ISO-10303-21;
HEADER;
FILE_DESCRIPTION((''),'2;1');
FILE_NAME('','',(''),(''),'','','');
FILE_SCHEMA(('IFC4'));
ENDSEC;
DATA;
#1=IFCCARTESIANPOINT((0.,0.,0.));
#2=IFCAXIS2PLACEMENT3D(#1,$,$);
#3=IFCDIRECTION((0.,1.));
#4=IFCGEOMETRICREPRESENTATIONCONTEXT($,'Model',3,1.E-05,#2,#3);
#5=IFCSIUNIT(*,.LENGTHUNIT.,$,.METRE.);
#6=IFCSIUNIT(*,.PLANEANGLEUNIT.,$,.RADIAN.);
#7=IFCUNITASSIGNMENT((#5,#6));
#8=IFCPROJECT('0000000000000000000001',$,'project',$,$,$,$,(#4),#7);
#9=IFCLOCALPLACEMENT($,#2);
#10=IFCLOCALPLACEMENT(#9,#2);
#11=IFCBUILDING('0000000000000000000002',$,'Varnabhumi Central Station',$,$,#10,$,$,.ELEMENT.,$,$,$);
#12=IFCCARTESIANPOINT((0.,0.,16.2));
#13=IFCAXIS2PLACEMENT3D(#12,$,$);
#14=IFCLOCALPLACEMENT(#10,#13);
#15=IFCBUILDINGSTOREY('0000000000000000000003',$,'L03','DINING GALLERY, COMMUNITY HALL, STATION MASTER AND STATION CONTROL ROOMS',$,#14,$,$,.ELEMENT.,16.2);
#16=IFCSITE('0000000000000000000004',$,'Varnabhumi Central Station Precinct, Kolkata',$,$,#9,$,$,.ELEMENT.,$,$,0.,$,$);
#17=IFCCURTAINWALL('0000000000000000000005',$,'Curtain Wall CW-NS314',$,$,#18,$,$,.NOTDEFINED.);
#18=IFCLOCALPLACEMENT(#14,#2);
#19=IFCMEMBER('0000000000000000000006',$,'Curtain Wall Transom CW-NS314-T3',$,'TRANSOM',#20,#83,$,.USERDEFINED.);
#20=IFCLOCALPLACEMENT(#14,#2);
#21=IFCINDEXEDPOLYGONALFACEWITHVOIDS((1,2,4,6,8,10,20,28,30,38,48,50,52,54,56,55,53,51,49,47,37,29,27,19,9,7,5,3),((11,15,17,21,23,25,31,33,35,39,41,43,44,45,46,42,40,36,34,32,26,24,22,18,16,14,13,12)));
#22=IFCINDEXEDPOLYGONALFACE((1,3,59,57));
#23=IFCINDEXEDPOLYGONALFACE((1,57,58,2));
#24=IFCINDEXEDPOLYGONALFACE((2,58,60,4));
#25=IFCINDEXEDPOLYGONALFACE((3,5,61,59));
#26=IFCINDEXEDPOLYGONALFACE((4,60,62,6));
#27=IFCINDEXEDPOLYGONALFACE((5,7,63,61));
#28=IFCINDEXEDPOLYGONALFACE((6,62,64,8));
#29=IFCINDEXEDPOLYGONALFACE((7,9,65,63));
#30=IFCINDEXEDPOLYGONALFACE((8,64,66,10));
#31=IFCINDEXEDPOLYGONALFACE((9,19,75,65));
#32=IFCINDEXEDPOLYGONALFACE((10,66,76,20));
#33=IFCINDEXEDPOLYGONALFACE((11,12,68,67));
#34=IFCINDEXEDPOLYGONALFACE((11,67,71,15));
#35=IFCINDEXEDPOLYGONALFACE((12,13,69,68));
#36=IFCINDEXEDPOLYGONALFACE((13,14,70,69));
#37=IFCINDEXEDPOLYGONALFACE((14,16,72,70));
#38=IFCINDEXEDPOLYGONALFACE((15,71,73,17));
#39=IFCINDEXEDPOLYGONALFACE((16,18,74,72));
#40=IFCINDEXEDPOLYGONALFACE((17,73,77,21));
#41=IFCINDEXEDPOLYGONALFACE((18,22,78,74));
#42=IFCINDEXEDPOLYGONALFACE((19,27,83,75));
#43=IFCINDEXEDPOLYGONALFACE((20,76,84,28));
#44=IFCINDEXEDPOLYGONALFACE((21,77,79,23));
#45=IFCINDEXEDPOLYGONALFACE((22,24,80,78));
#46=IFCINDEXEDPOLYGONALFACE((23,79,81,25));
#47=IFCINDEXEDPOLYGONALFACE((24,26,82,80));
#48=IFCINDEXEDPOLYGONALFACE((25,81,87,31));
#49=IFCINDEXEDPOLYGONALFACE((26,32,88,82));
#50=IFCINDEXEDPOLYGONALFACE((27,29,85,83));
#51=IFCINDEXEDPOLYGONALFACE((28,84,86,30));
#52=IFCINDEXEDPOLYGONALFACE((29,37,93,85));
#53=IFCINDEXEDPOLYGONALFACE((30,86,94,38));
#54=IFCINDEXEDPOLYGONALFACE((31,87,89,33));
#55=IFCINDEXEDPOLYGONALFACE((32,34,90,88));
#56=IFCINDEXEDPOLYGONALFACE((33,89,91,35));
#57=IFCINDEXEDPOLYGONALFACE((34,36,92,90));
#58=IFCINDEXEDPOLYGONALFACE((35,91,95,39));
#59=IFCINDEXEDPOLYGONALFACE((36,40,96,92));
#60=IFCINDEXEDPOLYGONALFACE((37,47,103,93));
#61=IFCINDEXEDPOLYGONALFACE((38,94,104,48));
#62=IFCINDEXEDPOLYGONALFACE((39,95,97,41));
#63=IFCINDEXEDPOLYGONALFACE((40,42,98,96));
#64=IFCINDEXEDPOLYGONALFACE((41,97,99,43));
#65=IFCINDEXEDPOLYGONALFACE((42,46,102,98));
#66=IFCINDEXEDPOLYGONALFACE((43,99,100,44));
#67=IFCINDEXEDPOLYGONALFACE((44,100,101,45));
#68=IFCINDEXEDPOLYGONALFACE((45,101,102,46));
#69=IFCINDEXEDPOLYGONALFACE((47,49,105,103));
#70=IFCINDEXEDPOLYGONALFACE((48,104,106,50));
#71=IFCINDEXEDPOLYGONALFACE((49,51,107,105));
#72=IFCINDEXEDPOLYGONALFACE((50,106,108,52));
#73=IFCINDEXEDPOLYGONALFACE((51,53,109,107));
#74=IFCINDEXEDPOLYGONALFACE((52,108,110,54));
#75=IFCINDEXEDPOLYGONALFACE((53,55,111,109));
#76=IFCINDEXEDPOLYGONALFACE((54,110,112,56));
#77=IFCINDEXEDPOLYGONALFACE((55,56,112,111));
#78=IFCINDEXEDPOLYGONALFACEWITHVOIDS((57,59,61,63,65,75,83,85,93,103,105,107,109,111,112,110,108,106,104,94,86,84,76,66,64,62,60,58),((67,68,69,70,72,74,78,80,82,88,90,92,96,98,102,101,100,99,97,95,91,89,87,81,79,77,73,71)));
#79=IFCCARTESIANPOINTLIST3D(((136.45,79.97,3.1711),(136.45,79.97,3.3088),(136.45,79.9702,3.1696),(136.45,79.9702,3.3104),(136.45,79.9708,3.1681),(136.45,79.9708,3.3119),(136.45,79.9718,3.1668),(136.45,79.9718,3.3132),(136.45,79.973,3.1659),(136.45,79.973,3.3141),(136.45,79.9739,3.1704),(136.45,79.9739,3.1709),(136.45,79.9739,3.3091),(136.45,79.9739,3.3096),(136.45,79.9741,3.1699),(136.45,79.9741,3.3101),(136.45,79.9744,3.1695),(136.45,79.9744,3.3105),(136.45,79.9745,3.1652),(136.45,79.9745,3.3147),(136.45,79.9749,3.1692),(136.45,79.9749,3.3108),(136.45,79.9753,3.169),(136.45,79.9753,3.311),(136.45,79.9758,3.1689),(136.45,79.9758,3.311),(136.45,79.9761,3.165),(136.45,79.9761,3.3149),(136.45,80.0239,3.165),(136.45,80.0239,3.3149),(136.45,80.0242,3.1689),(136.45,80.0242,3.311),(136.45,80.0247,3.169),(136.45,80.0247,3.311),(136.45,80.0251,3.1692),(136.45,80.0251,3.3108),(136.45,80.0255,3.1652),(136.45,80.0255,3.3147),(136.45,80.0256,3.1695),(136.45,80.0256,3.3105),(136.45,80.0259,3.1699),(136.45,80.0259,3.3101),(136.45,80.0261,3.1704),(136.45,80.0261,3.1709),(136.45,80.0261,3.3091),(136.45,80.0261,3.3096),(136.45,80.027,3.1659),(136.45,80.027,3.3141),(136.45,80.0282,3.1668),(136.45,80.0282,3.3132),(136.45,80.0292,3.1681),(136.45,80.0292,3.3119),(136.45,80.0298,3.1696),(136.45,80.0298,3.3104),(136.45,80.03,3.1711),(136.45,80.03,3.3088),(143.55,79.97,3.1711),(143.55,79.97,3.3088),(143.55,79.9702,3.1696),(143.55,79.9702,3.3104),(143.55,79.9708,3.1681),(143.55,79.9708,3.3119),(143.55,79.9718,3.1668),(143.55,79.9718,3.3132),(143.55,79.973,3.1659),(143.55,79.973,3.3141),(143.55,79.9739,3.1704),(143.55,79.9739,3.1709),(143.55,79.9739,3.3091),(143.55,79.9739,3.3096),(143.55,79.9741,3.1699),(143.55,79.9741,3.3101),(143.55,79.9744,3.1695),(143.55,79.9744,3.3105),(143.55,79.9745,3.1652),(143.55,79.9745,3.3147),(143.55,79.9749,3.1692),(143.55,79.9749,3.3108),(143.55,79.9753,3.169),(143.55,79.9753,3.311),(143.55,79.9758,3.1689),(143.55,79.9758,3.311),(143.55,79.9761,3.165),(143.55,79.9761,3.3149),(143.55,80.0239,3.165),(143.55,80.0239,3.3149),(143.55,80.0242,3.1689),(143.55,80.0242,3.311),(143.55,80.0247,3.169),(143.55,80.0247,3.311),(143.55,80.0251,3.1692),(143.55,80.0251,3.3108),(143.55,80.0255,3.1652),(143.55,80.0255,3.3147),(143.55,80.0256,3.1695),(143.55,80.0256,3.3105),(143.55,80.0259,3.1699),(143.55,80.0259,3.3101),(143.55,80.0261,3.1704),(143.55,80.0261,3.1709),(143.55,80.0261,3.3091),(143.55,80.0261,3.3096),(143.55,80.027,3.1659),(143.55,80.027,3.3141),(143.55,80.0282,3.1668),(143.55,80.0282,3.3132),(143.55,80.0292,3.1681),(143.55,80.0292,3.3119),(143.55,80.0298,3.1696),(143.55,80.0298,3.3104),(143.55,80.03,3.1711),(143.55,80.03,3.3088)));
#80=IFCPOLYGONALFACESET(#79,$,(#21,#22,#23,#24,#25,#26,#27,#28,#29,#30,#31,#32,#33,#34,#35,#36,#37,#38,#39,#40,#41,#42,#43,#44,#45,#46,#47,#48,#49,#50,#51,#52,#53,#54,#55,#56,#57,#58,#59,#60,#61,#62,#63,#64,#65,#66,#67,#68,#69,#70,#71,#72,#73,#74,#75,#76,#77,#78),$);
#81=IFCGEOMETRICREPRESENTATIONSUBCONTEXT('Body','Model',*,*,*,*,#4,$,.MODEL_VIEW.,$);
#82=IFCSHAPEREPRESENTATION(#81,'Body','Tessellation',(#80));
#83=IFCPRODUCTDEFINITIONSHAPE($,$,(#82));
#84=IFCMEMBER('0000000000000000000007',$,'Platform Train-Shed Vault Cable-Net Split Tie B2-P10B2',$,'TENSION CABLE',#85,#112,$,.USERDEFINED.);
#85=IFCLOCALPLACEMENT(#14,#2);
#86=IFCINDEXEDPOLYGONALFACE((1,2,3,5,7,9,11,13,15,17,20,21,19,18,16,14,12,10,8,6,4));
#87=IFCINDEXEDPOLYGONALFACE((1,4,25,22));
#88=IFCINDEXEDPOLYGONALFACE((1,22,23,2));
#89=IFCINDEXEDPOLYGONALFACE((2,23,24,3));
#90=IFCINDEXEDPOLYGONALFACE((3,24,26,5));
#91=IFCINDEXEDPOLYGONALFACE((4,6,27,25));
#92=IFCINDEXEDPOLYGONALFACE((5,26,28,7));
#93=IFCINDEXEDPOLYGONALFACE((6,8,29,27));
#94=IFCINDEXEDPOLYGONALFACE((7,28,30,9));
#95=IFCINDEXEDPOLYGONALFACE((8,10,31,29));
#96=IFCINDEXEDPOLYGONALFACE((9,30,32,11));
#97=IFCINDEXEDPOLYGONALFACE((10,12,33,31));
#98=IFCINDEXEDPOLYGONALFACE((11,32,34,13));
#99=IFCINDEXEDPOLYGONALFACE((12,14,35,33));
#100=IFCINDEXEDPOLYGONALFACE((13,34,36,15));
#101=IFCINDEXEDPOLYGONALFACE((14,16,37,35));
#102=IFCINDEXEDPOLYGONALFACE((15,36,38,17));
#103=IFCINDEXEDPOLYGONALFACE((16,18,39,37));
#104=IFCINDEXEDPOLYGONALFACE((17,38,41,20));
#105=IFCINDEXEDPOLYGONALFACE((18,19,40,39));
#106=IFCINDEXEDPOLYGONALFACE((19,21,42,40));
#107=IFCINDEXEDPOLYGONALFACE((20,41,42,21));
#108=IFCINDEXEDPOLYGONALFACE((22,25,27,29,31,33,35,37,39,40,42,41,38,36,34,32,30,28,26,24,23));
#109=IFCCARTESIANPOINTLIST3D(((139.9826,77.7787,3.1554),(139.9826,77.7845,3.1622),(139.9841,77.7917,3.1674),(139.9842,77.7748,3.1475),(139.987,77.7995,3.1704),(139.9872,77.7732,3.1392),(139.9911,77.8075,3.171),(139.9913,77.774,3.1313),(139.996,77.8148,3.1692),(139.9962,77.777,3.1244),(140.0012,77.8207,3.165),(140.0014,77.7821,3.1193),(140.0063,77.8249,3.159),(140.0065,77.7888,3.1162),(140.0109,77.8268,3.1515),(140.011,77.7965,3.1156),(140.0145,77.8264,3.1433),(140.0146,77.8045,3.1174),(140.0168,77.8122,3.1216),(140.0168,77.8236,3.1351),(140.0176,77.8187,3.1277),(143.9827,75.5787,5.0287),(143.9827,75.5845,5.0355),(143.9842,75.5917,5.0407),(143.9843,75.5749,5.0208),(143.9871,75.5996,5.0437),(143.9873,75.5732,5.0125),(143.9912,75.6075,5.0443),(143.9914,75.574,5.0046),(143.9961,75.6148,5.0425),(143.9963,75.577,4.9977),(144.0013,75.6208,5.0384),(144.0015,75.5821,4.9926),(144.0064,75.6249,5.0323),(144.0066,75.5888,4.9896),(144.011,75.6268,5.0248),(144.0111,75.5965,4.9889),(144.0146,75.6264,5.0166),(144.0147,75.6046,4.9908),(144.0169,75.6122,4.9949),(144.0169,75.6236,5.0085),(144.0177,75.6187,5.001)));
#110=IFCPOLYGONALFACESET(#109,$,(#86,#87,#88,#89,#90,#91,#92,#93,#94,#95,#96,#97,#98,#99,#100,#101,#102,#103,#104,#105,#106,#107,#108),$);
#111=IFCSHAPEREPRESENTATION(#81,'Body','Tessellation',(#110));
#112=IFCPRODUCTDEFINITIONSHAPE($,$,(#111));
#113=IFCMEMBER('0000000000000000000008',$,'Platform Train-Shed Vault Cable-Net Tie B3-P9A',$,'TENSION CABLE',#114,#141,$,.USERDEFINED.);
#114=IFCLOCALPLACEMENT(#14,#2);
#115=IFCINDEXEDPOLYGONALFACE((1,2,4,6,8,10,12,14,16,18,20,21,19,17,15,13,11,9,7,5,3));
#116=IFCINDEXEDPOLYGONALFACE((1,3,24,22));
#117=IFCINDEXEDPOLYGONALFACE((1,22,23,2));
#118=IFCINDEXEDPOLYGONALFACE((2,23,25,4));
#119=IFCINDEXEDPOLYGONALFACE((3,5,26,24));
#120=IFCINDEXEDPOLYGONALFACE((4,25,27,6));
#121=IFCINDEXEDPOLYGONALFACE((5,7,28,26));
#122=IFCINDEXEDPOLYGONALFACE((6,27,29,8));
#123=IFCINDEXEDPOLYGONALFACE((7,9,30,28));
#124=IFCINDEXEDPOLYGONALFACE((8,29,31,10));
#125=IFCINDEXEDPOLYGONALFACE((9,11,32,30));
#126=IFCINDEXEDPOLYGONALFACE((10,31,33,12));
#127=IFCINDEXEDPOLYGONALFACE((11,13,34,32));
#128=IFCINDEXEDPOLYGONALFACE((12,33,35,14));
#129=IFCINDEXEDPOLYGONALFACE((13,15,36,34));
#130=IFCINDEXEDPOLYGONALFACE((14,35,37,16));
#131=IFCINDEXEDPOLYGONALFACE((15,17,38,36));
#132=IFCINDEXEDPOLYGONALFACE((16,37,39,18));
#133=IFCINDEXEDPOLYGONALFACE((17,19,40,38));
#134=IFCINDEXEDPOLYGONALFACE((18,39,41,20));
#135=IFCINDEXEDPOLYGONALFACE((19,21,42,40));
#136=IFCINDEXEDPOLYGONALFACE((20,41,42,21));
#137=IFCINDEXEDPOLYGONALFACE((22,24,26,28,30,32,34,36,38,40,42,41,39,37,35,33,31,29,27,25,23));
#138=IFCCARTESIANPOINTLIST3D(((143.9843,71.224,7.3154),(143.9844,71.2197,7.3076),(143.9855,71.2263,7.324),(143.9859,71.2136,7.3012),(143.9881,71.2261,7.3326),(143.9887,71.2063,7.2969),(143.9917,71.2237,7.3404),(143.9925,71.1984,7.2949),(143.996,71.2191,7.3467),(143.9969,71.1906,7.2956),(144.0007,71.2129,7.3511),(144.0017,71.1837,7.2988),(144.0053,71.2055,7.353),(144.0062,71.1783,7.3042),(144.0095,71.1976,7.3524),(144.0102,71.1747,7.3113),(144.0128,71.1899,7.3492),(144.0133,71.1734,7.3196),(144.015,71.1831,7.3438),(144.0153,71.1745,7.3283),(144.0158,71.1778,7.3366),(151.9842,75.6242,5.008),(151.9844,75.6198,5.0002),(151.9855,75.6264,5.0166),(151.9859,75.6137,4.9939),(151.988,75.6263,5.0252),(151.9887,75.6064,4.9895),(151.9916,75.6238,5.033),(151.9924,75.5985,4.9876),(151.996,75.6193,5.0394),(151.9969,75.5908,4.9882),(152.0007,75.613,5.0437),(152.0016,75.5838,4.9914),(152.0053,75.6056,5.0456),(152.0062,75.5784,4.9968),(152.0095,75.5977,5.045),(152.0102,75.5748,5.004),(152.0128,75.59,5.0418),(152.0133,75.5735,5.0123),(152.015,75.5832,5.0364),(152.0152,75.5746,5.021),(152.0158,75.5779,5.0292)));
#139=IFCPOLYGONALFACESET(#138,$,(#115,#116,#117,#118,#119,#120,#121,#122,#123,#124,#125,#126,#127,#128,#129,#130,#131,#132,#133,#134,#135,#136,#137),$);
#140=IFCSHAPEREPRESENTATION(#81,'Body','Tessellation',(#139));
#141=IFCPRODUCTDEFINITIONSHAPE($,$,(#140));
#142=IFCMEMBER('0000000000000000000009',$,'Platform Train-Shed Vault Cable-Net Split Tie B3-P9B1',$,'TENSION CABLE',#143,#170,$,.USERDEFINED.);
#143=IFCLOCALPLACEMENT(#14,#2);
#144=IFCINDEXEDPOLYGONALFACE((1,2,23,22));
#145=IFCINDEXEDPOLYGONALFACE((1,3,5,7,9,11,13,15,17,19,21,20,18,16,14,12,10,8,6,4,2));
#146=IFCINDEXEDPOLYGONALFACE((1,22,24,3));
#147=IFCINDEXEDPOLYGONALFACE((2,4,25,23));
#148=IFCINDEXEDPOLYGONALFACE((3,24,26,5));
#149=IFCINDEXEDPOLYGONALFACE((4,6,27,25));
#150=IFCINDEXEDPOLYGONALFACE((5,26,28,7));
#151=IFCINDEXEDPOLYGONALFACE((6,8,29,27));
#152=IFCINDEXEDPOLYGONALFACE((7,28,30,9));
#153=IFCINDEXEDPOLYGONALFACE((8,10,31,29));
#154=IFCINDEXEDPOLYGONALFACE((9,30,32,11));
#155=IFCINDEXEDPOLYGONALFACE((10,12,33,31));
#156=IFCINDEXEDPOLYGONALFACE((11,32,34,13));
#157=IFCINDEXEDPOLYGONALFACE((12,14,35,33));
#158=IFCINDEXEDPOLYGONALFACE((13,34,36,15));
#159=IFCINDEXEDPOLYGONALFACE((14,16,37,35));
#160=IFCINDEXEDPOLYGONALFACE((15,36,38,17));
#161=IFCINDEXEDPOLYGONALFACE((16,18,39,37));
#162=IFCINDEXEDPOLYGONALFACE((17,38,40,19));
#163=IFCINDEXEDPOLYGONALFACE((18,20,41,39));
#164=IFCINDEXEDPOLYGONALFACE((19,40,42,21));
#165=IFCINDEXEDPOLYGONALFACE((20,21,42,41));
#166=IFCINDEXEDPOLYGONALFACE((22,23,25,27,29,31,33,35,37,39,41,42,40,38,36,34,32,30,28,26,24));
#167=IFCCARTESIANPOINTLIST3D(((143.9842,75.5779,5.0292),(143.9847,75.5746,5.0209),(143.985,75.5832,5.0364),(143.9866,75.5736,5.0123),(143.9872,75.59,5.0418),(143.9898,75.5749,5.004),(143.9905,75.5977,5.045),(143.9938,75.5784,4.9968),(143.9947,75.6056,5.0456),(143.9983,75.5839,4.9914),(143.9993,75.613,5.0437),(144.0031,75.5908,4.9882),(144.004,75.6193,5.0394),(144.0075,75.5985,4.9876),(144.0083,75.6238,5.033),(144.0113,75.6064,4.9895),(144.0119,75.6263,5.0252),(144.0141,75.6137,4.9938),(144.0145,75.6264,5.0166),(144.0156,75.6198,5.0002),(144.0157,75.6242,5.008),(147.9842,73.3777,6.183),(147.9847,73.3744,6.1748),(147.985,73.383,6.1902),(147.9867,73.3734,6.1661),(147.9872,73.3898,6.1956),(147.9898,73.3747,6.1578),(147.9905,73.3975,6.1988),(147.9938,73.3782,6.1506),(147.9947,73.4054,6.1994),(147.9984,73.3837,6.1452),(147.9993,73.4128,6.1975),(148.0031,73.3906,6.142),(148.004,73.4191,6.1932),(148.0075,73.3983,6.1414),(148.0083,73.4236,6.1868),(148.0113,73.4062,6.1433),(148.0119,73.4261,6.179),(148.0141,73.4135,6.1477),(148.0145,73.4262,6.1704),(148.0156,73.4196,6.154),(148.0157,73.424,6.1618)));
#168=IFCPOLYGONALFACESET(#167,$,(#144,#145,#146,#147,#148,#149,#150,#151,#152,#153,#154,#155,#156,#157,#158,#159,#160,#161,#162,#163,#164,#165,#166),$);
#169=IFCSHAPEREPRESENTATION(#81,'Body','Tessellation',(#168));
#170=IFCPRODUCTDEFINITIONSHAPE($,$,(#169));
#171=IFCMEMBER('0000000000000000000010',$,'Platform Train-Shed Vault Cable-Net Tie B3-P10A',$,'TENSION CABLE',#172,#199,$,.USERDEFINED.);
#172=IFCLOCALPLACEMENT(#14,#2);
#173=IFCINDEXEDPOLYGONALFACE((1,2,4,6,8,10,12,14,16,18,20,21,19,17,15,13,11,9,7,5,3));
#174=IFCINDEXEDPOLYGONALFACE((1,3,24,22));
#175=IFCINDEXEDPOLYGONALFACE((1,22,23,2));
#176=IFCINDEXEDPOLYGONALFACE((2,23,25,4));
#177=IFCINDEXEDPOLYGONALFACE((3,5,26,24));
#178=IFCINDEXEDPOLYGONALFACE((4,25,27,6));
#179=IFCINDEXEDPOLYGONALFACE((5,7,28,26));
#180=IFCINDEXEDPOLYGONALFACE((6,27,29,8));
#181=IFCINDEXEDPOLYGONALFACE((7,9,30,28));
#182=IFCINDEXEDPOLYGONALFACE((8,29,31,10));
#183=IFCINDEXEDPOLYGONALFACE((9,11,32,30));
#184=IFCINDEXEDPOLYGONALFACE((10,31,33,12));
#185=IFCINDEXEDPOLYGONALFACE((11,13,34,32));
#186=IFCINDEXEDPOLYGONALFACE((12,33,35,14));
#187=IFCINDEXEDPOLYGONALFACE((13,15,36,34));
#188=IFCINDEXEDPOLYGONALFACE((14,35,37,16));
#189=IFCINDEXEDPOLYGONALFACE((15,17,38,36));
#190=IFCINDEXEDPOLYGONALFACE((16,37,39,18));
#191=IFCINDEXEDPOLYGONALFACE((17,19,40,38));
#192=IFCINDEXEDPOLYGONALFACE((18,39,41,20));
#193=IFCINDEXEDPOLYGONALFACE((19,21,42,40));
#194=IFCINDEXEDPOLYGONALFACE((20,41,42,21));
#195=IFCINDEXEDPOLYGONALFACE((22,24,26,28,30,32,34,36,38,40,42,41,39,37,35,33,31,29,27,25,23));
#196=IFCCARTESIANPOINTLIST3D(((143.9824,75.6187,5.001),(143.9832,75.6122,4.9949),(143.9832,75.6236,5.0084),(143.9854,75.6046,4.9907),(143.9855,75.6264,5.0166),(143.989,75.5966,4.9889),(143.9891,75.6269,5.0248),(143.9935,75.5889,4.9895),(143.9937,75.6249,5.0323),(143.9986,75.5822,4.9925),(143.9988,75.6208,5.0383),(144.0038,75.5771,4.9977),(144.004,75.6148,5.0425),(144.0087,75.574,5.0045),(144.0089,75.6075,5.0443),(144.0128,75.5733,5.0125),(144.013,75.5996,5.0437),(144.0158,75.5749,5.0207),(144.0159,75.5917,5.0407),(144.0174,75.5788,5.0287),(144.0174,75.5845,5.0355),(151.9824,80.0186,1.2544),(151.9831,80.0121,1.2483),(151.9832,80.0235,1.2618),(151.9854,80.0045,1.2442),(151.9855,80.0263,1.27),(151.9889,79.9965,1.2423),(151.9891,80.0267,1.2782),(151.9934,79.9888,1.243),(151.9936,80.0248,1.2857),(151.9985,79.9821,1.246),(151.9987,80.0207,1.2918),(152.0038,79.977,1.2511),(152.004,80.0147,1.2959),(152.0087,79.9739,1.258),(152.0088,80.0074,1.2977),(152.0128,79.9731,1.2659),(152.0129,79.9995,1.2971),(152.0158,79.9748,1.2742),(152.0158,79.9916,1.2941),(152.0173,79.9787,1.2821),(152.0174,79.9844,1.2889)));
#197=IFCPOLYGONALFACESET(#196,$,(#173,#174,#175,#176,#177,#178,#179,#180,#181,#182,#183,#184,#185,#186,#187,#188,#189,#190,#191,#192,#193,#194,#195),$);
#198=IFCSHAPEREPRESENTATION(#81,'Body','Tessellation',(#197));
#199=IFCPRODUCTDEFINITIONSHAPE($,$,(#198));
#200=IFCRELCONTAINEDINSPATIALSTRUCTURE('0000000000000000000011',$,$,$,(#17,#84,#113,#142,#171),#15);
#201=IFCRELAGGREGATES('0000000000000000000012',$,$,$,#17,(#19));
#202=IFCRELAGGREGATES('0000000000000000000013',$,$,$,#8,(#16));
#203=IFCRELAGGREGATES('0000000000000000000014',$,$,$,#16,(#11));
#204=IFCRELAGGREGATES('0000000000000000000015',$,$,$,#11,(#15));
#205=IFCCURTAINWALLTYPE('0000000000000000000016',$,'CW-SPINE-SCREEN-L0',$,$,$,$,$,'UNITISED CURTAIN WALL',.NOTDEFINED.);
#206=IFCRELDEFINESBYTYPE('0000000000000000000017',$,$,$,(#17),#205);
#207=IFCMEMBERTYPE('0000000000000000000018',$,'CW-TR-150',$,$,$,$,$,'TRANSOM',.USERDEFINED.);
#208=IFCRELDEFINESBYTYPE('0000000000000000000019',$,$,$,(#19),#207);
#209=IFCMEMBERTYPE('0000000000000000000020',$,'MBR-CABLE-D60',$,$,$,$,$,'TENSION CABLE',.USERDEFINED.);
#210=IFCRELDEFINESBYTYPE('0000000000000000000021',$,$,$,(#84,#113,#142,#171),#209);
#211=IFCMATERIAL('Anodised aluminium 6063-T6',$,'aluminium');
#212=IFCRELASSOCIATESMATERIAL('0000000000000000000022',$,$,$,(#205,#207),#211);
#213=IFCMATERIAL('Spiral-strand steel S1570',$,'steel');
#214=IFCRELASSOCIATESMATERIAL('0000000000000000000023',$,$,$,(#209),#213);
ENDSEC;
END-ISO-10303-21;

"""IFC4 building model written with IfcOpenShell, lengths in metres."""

from ifc_helpers import new_model, si_unit, direction, frame, origin, origin_2d, place, context, subcontext, project, spatial, hollow_rectangle, circle, extrude, material, material_profile, profile_set, type_object, element, aggregate, save


model = new_model("IFC4")

# Units and contexts
model_context = context("Model", 3, precision=1e-05, world=origin(), true_north=direction((0.0, 1.0)))
body_context = subcontext(model_context, "Body", "Model", "MODEL_VIEW")
ifc_project = project(units=[si_unit("LENGTHUNIT", "METRE"), si_unit("PLANEANGLEUNIT", "RADIAN")], contexts=[model_context])

# Site, building, storey
site_placement = place(None, origin())
site = spatial("IfcSite", under=ifc_project, at=site_placement, Name="Varnabhumi Central Station Precinct, Kolkata", CompositionType="ELEMENT", RefElevation=0.0)
building_placement = place(site_placement, origin())
building = spatial("IfcBuilding", under=site, at=building_placement, Name="Varnabhumi Central Station", CompositionType="ELEMENT")
storey_placement = place(building_placement, frame((0.0, 0.0, 16.2)))
storey = spatial("IfcBuildingStorey", under=building, at=storey_placement, Name="L03", Description="DINING GALLERY, COMMUNITY HALL, STATION MASTER AND STATION CONTROL ROOMS", CompositionType="ELEMENT", Elevation=16.2)

# Curtain wall, member
ifc_material_1 = material(Name="Anodised aluminium 6063-T6", Category="aluminium")
curtain_wall_type = type_object("IfcCurtainWallType", Name="CW-SPINE-SCREEN-L0", ElementType="UNITISED CURTAIN WALL", PredefinedType="NOTDEFINED", material=ifc_material_1)
curtain_wall_placement = place(storey_placement, origin())
curtain_wall = element("IfcCurtainWall", 1, at=curtain_wall_placement, inside=storey, type_object=curtain_wall_type, Name="Curtain Wall CW-NS314", PredefinedType="NOTDEFINED")
ifc_material_profile_1 = material_profile(ifc_material_1, hollow_rectangle(XDim=0.0601, YDim=0.1499, WallThickness=0.0039, InnerFilletRadius=0.002, OuterFilletRadius=0.0061, at=origin_2d()), Name="Anodised aluminium 6063-T6", Category="aluminium")
ifc_profile_set_1 = profile_set([ifc_material_profile_1], Name="Anodised aluminium 6063-T6")
member_type_1 = type_object("IfcMemberType", Name="CW-TR-150", ElementType="TRANSOM", PredefinedType="USERDEFINED", material=ifc_profile_set_1)
member_1_placement = place(storey_placement, frame((136.45, 80.0, 3.24), z_axis=(1.0, 0.0, 0.0), x_axis=(0.0, 1.0, 0.0)))
member_1 = element("IfcMember", 2, at=member_1_placement, type_object=member_type_1, Name="Curtain Wall Transom CW-NS314-T3", ObjectType="TRANSOM", PredefinedType="USERDEFINED", context=body_context, shape_type="SweptSolid", body=[
    extrude(hollow_rectangle(XDim=0.0601, YDim=0.1499, WallThickness=0.0039, InnerFilletRadius=0.002, OuterFilletRadius=0.0061, at=origin_2d()), origin(), (0.0, 0.0, 1.0), 7.1001),
])

# Members
ifc_material_2 = material(Name="Spiral-strand steel S1570", Category="steel")
ifc_material_profile_2 = material_profile(ifc_material_2, circle(Radius=0.03, at=origin_2d()), Name="Spiral-strand steel S1570", Category="steel")
ifc_profile_set_2 = profile_set([ifc_material_profile_2], Name="Spiral-strand steel S1570")
member_type_2 = type_object("IfcMemberType", Name="MBR-CABLE-D60", ElementType="TENSION CABLE", PredefinedType="USERDEFINED", material=ifc_profile_set_2)
member_2_placement = place(storey_placement, frame((140.0, 77.8, 3.1433), z_axis=(0.810624, -0.445833, 0.379634), x_axis=(0.481911, 0.87622, 0.0)))
element("IfcMember", 3, at=member_2_placement, inside=storey, type_object=member_type_2, Name="Platform Train-Shed Vault Cable-Net Split Tie B2-P10B2", ObjectType="TENSION CABLE", PredefinedType="USERDEFINED", context=body_context, shape_type="SweptSolid", body=[
    extrude(circle(Radius=0.03, at=origin_2d()), origin(), (0.0, 0.0, 1.0), 4.9346),
])
member_3_placement = place(storey_placement, frame((144.0, 71.2, 7.324), z_axis=(0.849502, 0.467242, -0.245015), x_axis=(-0.481931, 0.876209, 0.0)))
element("IfcMember", 4, at=member_3_placement, inside=storey, type_object=member_type_2, Name="Platform Train-Shed Vault Cable-Net Tie B3-P9A", ObjectType="TENSION CABLE", PredefinedType="USERDEFINED", context=body_context, shape_type="SweptSolid", body=[
    extrude(circle(Radius=0.03, at=origin_2d()), origin(), (0.0, 0.0, 1.0), 9.4172),
])
member_4_placement = place(storey_placement, frame((144.0, 75.6001, 5.0166), z_axis=(0.849486, -0.467259, 0.245036), x_axis=(0.481952, 0.876198, 0.0)))
element("IfcMember", 5, at=member_4_placement, inside=storey, type_object=member_type_2, Name="Platform Train-Shed Vault Cable-Net Split Tie B3-P9B1", ObjectType="TENSION CABLE", PredefinedType="USERDEFINED", context=body_context, shape_type="SweptSolid", body=[
    extrude(circle(Radius=0.03, at=origin_2d()), origin(), (0.0, 0.0, 1.0), 4.7087),
])
member_5_placement = place(storey_placement, frame((144.0, 75.6001, 5.0166), z_axis=(0.810624, 0.445833, -0.379634), x_axis=(-0.481911, 0.87622, 0.0)))
element("IfcMember", 6, at=member_5_placement, inside=storey, type_object=member_type_2, Name="Platform Train-Shed Vault Cable-Net Tie B3-P10A", ObjectType="TENSION CABLE", PredefinedType="USERDEFINED", context=body_context, shape_type="SweptSolid", body=[
    extrude(circle(Radius=0.03, at=origin_2d()), origin(), (0.0, 0.0, 1.0), 9.8689),
])

aggregate(curtain_wall, [member_1])

save(model, "model.ifc")
